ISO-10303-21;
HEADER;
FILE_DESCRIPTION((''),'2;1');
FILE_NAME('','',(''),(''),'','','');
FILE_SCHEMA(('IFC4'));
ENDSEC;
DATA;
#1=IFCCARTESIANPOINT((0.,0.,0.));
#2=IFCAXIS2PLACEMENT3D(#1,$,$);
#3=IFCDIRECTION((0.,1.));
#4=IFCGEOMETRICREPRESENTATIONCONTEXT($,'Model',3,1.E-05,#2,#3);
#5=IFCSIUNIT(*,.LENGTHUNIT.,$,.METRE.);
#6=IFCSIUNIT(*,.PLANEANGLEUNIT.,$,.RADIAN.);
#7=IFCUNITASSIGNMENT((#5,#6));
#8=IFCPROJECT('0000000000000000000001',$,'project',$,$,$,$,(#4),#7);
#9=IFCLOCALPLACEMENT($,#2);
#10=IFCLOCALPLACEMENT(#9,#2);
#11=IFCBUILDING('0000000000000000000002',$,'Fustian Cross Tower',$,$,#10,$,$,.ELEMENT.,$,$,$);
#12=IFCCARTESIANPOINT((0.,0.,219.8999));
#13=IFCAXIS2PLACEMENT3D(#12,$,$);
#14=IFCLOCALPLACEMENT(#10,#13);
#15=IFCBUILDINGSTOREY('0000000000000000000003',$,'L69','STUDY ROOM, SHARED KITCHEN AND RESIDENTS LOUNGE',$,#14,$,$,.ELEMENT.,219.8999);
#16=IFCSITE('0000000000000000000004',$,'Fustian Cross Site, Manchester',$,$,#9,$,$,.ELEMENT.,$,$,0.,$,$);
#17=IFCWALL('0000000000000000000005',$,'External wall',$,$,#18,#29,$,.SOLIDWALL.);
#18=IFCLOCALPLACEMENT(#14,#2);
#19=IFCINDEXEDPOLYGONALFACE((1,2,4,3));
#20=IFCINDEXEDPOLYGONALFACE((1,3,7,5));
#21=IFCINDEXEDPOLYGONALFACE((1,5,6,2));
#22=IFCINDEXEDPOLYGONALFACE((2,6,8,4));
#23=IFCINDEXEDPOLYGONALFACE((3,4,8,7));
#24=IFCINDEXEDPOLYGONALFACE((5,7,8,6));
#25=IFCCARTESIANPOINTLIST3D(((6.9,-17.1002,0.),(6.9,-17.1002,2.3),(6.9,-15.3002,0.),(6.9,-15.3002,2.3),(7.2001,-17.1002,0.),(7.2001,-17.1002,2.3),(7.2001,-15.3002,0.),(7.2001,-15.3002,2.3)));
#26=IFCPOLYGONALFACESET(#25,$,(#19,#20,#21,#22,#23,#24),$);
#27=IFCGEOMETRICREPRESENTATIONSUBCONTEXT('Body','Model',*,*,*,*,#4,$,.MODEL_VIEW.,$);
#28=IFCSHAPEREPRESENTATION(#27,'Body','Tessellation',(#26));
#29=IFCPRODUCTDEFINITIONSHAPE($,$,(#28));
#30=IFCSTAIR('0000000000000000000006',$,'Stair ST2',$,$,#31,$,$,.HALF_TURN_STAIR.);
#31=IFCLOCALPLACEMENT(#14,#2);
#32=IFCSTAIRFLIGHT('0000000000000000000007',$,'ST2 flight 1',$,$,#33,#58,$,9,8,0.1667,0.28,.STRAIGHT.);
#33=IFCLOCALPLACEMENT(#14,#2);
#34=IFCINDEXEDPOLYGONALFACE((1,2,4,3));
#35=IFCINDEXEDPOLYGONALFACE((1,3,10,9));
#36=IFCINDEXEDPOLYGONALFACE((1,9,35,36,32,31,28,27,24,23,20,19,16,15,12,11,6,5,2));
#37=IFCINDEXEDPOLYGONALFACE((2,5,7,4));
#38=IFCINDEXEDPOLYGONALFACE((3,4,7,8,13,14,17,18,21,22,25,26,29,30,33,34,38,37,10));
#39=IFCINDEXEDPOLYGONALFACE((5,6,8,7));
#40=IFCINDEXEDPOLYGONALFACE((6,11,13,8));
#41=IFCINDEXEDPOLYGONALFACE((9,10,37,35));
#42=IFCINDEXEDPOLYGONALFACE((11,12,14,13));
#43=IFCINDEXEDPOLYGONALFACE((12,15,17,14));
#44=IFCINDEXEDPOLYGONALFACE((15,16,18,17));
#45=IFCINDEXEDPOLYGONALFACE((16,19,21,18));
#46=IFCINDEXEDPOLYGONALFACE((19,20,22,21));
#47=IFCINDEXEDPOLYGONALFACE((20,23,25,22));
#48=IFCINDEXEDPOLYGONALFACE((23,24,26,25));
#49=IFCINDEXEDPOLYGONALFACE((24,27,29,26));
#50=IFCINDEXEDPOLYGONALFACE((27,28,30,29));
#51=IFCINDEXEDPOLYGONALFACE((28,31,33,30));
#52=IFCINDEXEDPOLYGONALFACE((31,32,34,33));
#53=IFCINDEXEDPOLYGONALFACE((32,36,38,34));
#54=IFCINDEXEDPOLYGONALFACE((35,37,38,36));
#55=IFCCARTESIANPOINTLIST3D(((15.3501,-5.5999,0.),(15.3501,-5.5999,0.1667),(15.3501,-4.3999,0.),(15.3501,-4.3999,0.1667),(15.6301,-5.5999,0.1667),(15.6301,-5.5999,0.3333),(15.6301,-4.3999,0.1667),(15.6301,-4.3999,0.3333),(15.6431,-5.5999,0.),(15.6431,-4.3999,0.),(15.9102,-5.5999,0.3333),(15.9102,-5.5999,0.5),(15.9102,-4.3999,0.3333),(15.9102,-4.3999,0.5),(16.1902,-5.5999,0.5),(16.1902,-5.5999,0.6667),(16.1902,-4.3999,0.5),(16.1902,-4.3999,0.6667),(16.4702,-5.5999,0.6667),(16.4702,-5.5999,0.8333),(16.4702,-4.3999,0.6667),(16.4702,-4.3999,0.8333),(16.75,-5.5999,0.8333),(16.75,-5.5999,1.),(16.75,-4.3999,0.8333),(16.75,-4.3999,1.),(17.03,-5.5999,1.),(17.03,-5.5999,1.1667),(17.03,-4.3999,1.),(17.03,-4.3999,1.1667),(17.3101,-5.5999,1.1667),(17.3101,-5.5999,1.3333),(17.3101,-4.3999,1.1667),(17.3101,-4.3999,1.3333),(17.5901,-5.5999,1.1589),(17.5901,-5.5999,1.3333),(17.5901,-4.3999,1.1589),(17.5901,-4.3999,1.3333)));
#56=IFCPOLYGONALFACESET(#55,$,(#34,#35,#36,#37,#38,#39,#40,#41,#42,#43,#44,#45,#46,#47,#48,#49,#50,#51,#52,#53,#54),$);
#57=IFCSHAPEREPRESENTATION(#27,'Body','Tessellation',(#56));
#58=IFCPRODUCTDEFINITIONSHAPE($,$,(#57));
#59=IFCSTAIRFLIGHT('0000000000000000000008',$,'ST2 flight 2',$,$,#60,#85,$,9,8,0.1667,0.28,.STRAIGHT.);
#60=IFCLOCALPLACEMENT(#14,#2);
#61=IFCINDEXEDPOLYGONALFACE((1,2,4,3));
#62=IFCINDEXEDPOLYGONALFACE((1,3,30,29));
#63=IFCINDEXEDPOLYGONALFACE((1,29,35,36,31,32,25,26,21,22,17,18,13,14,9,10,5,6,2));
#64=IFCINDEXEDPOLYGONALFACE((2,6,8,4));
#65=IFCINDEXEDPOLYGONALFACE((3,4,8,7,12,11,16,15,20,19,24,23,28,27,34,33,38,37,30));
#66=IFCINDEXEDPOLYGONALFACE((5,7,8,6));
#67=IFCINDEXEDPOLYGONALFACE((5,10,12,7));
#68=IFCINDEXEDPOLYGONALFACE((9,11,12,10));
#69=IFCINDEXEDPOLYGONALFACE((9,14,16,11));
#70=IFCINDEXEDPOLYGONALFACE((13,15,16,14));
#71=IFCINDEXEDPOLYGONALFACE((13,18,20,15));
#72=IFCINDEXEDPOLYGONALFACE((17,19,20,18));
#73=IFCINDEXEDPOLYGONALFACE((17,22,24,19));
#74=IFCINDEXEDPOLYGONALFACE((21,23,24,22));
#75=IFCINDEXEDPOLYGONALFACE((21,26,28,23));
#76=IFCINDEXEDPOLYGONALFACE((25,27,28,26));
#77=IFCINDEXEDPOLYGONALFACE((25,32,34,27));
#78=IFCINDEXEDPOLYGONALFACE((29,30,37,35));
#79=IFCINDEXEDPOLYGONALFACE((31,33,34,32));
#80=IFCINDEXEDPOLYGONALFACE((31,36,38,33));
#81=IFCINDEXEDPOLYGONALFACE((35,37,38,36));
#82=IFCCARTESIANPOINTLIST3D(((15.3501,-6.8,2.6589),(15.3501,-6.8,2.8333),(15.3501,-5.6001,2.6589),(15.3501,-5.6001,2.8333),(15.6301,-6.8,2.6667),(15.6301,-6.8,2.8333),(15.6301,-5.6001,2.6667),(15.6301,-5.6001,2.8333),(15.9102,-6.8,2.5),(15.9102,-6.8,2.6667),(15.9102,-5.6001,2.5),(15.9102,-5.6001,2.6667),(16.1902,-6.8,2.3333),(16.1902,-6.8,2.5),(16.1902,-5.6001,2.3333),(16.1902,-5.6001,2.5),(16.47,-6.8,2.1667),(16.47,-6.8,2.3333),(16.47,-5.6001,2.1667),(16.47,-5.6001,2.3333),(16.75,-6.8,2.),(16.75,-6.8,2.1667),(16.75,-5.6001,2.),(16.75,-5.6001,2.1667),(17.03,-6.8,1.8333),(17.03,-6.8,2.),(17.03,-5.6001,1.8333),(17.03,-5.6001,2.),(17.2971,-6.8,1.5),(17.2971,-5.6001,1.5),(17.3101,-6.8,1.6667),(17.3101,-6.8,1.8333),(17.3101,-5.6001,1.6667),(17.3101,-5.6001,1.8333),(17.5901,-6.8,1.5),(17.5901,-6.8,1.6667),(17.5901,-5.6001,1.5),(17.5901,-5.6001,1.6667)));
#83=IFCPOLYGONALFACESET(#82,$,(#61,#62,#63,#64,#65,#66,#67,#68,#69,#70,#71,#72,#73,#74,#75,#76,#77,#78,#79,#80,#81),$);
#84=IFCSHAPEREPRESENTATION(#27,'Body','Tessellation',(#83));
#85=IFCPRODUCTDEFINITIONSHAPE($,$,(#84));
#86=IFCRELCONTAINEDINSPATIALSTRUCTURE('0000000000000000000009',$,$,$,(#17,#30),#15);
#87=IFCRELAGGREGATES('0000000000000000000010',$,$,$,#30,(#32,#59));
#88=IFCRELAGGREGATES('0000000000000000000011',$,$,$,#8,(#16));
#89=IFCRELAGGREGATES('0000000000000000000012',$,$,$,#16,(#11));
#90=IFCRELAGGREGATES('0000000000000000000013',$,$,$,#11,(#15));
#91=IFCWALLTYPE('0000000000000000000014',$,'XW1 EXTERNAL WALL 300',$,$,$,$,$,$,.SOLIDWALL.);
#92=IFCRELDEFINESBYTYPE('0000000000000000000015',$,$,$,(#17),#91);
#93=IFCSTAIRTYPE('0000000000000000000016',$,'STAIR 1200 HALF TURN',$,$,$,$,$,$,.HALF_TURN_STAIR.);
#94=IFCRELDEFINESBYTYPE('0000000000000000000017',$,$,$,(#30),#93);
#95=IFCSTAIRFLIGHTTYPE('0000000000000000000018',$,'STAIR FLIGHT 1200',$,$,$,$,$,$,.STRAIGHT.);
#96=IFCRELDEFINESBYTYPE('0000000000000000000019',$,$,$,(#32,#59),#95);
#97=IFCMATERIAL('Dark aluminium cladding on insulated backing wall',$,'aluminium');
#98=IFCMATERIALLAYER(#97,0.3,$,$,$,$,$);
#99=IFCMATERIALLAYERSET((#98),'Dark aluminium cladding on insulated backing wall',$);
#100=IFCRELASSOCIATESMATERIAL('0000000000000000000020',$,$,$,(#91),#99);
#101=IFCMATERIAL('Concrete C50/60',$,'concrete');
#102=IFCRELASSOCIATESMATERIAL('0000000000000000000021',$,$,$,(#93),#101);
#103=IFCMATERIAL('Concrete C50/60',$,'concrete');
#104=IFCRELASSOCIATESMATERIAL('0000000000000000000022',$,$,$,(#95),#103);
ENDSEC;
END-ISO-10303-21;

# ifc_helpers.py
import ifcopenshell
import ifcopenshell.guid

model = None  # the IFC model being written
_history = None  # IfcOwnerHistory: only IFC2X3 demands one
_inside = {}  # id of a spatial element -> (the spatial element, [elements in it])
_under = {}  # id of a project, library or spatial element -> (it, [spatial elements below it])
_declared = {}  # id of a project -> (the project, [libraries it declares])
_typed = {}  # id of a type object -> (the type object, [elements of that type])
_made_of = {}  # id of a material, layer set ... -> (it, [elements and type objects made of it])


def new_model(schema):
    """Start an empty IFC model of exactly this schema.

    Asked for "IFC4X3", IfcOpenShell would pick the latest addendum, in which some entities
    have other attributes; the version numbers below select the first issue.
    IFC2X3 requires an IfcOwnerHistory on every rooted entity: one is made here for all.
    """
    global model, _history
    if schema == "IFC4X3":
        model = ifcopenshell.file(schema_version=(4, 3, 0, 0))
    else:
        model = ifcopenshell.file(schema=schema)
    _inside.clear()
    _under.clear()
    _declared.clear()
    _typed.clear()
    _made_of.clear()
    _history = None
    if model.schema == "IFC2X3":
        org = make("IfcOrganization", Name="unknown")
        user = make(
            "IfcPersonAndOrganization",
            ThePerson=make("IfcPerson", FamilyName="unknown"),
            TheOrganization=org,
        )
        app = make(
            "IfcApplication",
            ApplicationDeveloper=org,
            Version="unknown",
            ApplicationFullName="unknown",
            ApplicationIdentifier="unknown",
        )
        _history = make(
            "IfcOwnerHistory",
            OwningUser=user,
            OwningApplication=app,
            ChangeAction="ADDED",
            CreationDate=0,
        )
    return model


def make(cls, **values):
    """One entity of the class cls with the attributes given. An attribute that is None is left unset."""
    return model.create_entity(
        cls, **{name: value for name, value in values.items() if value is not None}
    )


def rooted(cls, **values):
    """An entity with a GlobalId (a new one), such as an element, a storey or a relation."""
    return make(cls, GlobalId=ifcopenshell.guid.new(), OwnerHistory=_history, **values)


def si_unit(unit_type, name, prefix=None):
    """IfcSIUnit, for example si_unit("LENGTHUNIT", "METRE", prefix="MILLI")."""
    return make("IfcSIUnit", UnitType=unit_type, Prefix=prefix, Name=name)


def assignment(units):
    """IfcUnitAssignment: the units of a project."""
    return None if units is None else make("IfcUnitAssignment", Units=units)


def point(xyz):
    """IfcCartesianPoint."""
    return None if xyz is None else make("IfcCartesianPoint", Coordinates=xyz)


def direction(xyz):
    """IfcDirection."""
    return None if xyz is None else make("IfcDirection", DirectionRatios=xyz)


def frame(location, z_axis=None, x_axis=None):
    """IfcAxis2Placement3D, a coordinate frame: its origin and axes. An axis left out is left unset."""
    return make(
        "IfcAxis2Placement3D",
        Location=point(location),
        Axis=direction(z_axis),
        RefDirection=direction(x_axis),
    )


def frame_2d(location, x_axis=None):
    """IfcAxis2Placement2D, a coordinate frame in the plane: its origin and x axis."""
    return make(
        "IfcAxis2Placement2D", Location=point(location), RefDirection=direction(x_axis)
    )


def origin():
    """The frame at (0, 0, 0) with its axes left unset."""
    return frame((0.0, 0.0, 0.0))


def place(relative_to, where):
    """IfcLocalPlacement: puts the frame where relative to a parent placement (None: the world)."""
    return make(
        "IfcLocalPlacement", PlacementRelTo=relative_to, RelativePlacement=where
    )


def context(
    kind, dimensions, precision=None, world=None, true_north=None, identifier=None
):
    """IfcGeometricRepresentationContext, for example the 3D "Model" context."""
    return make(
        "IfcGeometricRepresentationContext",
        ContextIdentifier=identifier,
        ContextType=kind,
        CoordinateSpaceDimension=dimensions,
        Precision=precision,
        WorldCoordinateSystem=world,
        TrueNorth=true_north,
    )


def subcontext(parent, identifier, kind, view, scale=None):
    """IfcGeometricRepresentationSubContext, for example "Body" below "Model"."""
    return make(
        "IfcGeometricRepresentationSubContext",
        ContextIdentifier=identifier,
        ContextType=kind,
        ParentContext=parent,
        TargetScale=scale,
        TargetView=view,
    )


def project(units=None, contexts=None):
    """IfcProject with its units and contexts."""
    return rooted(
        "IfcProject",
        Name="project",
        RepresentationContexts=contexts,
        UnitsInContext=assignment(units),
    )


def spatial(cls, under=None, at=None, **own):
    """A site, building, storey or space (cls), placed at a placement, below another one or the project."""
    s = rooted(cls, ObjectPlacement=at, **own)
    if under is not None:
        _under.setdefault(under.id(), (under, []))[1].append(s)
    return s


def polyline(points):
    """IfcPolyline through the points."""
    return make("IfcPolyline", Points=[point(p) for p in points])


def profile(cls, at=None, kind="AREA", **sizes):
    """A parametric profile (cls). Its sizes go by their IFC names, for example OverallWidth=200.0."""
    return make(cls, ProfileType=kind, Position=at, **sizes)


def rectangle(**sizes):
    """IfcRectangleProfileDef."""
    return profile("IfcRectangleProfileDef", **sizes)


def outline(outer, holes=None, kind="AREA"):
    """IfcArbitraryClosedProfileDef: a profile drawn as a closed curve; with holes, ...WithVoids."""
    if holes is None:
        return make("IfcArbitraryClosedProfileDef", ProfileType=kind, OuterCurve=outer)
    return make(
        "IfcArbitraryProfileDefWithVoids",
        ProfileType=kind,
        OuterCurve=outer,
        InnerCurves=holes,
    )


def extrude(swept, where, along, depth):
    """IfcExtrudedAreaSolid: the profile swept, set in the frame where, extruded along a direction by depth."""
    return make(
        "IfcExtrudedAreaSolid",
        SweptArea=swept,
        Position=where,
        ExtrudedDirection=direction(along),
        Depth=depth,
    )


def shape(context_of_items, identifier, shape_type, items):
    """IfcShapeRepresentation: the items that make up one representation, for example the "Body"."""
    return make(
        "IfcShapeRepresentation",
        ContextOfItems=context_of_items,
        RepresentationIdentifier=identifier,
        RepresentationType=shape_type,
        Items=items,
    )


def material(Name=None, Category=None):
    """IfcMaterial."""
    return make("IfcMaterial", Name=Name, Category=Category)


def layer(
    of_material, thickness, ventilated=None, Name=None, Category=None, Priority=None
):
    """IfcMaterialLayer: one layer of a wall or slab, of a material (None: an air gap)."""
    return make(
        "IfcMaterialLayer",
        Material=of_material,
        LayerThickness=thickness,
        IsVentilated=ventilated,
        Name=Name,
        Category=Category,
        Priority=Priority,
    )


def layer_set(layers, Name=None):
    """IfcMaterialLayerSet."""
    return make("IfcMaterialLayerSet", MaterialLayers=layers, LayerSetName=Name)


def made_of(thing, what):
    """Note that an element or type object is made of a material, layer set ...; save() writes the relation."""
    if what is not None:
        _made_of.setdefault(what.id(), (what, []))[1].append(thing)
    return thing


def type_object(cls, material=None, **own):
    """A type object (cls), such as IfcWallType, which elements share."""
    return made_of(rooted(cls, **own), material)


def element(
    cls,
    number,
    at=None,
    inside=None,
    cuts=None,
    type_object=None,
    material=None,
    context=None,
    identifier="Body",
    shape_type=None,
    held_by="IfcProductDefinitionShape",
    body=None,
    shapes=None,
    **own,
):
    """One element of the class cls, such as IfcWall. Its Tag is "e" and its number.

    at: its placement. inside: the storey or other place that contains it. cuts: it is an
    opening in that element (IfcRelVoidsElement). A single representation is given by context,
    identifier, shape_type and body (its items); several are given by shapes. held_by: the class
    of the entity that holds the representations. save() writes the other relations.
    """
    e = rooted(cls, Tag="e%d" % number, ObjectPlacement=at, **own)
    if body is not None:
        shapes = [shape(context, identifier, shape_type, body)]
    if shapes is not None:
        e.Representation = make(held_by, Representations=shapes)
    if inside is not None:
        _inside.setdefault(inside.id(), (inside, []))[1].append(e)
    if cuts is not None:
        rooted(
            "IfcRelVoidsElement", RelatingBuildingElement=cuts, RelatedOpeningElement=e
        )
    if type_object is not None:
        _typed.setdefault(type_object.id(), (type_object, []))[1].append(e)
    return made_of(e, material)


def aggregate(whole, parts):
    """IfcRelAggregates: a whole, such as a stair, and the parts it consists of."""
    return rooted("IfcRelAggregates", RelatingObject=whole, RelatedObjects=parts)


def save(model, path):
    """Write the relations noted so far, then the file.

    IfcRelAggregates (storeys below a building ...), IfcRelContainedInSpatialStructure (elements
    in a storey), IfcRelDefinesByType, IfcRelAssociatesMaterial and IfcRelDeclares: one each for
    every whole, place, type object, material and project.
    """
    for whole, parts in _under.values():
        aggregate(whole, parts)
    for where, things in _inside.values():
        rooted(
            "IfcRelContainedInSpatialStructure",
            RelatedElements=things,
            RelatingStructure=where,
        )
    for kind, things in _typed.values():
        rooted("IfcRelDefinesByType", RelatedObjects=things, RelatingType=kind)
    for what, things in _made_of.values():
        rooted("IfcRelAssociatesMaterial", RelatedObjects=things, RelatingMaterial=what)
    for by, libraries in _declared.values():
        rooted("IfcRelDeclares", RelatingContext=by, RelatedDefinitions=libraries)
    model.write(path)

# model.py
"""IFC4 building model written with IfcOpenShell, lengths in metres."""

from ifc_helpers import new_model, si_unit, direction, frame, frame_2d, origin, place, context, subcontext, project, spatial, polyline, rectangle, outline, extrude, material, layer, layer_set, type_object, element, aggregate, save


model = new_model("IFC4")

# Units and contexts
model_context = context("Model", 3, precision=1e-05, world=origin(), true_north=direction((0.0, 1.0)))
body_context = subcontext(model_context, "Body", "Model", "MODEL_VIEW")
ifc_project = project(units=[si_unit("LENGTHUNIT", "METRE"), si_unit("PLANEANGLEUNIT", "RADIAN")], contexts=[model_context])

# Site, building, storey
site_placement = place(None, origin())
site = spatial("IfcSite", under=ifc_project, at=site_placement, Name="Fustian Cross Site, Manchester", CompositionType="ELEMENT", RefElevation=0.0)
building_placement = place(site_placement, origin())
building = spatial("IfcBuilding", under=site, at=building_placement, Name="Fustian Cross Tower", CompositionType="ELEMENT")
storey_placement = place(building_placement, frame((0.0, 0.0, 219.8999)))
storey = spatial("IfcBuildingStorey", under=building, at=storey_placement, Name="L69", Description="STUDY ROOM, SHARED KITCHEN AND RESIDENTS LOUNGE", CompositionType="ELEMENT", Elevation=219.8999)

# Wall
ifc_material_1 = material(Name="Dark aluminium cladding on insulated backing wall", Category="aluminium")
ifc_layer_1 = layer(ifc_material_1, 0.3)
ifc_layer_set_1 = layer_set([ifc_layer_1], Name="Dark aluminium cladding on insulated backing wall")
wall_type_1 = type_object("IfcWallType", Name="XW1 EXTERNAL WALL 300", PredefinedType="SOLIDWALL", material=ifc_layer_set_1)
wall_1_placement = place(storey_placement, frame((7.05, -17.1001, 0.0), z_axis=(0.0, 0.0, 1.0), x_axis=(0.0, 1.0, 0.0)))
element("IfcWall", 1, at=wall_1_placement, inside=storey, type_object=wall_type_1, Name="External wall", PredefinedType="SOLIDWALL", context=body_context, shape_type="SweptSolid", body=[
    extrude(rectangle(XDim=1.8, YDim=0.3, at=frame_2d((0.8999, 0.0))), origin(), (0.0, 0.0, 1.0), 2.3),
])

# Stair, stair flights
ifc_material_2 = material(Name="Concrete C50/60", Category="concrete")
stair_type = type_object("IfcStairType", Name="STAIR 1200 HALF TURN", PredefinedType="HALF_TURN_STAIR", material=ifc_material_2)
stair_placement = place(storey_placement, origin())
stair = element("IfcStair", 2, at=stair_placement, inside=storey, type_object=stair_type, Name="Stair ST2", PredefinedType="HALF_TURN_STAIR")
ifc_material_3 = material(Name="Concrete C50/60", Category="concrete")
stair_flight_type = type_object("IfcStairFlightType", Name="STAIR FLIGHT 1200", PredefinedType="STRAIGHT", material=ifc_material_3)
stair_flight_1_placement = place(storey_placement, frame((15.3501, -5.0, 0.0), z_axis=(0.0, 0.0, 1.0), x_axis=(1.0, 0.0, 0.0)))
stair_flight_1 = element("IfcStairFlight", 3, at=stair_flight_1_placement, type_object=stair_flight_type, Name="ST2 flight 1", NumberOfRisers=9, NumberOfTreads=8, PredefinedType="STRAIGHT", RiserHeight=0.1667, TreadLength=0.28, context=body_context, shape_type="SweptSolid", body=[
    extrude(outline(polyline([(0.0, 0.0), (0.0, 0.1667), (0.28, 0.1667), (0.28, 0.3333), (0.5601, 0.3333), (0.5601, 0.5), (0.8401, 0.5), (0.8401, 0.6667), (1.1201, 0.6667), (1.1201, 0.8333), (1.3999, 0.8333), (1.3999, 1.0), (1.6799, 1.0), (1.6799, 1.1667), (1.96, 1.1667), (1.96, 1.3333), (2.24, 1.3333), (2.24, 1.5), (2.24, 1.1589), (0.293, 0.0), (0.0, 0.0)])), frame((0.0, 0.6001, 0.0), z_axis=(0.0, -1.0, 0.0), x_axis=(1.0, 0.0, 0.0)), (0.0, 0.0, 1.0), 1.2),
])
stair_flight_2_placement = place(storey_placement, frame((17.5901, -6.2, 1.5), z_axis=(0.0, 0.0, 1.0), x_axis=(-1.0, 0.0, 0.0)))
stair_flight_2 = element("IfcStairFlight", 4, at=stair_flight_2_placement, type_object=stair_flight_type, Name="ST2 flight 2", NumberOfRisers=9, NumberOfTreads=8, PredefinedType="STRAIGHT", RiserHeight=0.1667, TreadLength=0.28, context=body_context, shape_type="SweptSolid", body=[
    extrude(outline(polyline([(0.0, 0.0), (0.0, 0.1667), (0.28, 0.1667), (0.28, 0.3333), (0.5601, 0.3333), (0.5601, 0.5), (0.8401, 0.5), (0.8401, 0.6667), (1.1201, 0.6667), (1.1201, 0.8333), (1.3999, 0.8333), (1.3999, 1.0), (1.6799, 1.0), (1.6799, 1.1667), (1.96, 1.1667), (1.96, 1.3333), (2.24, 1.3333), (2.24, 1.5), (2.24, 1.1589), (0.293, 0.0), (0.0, 0.0)])), frame((0.0, 0.6001, 0.0), z_axis=(0.0, -1.0, 0.0), x_axis=(1.0, 0.0, 0.0)), (0.0, 0.0, 1.0), 1.2),
])
aggregate(stair, [stair_flight_1, stair_flight_2])

save(model, "model.ifc")
